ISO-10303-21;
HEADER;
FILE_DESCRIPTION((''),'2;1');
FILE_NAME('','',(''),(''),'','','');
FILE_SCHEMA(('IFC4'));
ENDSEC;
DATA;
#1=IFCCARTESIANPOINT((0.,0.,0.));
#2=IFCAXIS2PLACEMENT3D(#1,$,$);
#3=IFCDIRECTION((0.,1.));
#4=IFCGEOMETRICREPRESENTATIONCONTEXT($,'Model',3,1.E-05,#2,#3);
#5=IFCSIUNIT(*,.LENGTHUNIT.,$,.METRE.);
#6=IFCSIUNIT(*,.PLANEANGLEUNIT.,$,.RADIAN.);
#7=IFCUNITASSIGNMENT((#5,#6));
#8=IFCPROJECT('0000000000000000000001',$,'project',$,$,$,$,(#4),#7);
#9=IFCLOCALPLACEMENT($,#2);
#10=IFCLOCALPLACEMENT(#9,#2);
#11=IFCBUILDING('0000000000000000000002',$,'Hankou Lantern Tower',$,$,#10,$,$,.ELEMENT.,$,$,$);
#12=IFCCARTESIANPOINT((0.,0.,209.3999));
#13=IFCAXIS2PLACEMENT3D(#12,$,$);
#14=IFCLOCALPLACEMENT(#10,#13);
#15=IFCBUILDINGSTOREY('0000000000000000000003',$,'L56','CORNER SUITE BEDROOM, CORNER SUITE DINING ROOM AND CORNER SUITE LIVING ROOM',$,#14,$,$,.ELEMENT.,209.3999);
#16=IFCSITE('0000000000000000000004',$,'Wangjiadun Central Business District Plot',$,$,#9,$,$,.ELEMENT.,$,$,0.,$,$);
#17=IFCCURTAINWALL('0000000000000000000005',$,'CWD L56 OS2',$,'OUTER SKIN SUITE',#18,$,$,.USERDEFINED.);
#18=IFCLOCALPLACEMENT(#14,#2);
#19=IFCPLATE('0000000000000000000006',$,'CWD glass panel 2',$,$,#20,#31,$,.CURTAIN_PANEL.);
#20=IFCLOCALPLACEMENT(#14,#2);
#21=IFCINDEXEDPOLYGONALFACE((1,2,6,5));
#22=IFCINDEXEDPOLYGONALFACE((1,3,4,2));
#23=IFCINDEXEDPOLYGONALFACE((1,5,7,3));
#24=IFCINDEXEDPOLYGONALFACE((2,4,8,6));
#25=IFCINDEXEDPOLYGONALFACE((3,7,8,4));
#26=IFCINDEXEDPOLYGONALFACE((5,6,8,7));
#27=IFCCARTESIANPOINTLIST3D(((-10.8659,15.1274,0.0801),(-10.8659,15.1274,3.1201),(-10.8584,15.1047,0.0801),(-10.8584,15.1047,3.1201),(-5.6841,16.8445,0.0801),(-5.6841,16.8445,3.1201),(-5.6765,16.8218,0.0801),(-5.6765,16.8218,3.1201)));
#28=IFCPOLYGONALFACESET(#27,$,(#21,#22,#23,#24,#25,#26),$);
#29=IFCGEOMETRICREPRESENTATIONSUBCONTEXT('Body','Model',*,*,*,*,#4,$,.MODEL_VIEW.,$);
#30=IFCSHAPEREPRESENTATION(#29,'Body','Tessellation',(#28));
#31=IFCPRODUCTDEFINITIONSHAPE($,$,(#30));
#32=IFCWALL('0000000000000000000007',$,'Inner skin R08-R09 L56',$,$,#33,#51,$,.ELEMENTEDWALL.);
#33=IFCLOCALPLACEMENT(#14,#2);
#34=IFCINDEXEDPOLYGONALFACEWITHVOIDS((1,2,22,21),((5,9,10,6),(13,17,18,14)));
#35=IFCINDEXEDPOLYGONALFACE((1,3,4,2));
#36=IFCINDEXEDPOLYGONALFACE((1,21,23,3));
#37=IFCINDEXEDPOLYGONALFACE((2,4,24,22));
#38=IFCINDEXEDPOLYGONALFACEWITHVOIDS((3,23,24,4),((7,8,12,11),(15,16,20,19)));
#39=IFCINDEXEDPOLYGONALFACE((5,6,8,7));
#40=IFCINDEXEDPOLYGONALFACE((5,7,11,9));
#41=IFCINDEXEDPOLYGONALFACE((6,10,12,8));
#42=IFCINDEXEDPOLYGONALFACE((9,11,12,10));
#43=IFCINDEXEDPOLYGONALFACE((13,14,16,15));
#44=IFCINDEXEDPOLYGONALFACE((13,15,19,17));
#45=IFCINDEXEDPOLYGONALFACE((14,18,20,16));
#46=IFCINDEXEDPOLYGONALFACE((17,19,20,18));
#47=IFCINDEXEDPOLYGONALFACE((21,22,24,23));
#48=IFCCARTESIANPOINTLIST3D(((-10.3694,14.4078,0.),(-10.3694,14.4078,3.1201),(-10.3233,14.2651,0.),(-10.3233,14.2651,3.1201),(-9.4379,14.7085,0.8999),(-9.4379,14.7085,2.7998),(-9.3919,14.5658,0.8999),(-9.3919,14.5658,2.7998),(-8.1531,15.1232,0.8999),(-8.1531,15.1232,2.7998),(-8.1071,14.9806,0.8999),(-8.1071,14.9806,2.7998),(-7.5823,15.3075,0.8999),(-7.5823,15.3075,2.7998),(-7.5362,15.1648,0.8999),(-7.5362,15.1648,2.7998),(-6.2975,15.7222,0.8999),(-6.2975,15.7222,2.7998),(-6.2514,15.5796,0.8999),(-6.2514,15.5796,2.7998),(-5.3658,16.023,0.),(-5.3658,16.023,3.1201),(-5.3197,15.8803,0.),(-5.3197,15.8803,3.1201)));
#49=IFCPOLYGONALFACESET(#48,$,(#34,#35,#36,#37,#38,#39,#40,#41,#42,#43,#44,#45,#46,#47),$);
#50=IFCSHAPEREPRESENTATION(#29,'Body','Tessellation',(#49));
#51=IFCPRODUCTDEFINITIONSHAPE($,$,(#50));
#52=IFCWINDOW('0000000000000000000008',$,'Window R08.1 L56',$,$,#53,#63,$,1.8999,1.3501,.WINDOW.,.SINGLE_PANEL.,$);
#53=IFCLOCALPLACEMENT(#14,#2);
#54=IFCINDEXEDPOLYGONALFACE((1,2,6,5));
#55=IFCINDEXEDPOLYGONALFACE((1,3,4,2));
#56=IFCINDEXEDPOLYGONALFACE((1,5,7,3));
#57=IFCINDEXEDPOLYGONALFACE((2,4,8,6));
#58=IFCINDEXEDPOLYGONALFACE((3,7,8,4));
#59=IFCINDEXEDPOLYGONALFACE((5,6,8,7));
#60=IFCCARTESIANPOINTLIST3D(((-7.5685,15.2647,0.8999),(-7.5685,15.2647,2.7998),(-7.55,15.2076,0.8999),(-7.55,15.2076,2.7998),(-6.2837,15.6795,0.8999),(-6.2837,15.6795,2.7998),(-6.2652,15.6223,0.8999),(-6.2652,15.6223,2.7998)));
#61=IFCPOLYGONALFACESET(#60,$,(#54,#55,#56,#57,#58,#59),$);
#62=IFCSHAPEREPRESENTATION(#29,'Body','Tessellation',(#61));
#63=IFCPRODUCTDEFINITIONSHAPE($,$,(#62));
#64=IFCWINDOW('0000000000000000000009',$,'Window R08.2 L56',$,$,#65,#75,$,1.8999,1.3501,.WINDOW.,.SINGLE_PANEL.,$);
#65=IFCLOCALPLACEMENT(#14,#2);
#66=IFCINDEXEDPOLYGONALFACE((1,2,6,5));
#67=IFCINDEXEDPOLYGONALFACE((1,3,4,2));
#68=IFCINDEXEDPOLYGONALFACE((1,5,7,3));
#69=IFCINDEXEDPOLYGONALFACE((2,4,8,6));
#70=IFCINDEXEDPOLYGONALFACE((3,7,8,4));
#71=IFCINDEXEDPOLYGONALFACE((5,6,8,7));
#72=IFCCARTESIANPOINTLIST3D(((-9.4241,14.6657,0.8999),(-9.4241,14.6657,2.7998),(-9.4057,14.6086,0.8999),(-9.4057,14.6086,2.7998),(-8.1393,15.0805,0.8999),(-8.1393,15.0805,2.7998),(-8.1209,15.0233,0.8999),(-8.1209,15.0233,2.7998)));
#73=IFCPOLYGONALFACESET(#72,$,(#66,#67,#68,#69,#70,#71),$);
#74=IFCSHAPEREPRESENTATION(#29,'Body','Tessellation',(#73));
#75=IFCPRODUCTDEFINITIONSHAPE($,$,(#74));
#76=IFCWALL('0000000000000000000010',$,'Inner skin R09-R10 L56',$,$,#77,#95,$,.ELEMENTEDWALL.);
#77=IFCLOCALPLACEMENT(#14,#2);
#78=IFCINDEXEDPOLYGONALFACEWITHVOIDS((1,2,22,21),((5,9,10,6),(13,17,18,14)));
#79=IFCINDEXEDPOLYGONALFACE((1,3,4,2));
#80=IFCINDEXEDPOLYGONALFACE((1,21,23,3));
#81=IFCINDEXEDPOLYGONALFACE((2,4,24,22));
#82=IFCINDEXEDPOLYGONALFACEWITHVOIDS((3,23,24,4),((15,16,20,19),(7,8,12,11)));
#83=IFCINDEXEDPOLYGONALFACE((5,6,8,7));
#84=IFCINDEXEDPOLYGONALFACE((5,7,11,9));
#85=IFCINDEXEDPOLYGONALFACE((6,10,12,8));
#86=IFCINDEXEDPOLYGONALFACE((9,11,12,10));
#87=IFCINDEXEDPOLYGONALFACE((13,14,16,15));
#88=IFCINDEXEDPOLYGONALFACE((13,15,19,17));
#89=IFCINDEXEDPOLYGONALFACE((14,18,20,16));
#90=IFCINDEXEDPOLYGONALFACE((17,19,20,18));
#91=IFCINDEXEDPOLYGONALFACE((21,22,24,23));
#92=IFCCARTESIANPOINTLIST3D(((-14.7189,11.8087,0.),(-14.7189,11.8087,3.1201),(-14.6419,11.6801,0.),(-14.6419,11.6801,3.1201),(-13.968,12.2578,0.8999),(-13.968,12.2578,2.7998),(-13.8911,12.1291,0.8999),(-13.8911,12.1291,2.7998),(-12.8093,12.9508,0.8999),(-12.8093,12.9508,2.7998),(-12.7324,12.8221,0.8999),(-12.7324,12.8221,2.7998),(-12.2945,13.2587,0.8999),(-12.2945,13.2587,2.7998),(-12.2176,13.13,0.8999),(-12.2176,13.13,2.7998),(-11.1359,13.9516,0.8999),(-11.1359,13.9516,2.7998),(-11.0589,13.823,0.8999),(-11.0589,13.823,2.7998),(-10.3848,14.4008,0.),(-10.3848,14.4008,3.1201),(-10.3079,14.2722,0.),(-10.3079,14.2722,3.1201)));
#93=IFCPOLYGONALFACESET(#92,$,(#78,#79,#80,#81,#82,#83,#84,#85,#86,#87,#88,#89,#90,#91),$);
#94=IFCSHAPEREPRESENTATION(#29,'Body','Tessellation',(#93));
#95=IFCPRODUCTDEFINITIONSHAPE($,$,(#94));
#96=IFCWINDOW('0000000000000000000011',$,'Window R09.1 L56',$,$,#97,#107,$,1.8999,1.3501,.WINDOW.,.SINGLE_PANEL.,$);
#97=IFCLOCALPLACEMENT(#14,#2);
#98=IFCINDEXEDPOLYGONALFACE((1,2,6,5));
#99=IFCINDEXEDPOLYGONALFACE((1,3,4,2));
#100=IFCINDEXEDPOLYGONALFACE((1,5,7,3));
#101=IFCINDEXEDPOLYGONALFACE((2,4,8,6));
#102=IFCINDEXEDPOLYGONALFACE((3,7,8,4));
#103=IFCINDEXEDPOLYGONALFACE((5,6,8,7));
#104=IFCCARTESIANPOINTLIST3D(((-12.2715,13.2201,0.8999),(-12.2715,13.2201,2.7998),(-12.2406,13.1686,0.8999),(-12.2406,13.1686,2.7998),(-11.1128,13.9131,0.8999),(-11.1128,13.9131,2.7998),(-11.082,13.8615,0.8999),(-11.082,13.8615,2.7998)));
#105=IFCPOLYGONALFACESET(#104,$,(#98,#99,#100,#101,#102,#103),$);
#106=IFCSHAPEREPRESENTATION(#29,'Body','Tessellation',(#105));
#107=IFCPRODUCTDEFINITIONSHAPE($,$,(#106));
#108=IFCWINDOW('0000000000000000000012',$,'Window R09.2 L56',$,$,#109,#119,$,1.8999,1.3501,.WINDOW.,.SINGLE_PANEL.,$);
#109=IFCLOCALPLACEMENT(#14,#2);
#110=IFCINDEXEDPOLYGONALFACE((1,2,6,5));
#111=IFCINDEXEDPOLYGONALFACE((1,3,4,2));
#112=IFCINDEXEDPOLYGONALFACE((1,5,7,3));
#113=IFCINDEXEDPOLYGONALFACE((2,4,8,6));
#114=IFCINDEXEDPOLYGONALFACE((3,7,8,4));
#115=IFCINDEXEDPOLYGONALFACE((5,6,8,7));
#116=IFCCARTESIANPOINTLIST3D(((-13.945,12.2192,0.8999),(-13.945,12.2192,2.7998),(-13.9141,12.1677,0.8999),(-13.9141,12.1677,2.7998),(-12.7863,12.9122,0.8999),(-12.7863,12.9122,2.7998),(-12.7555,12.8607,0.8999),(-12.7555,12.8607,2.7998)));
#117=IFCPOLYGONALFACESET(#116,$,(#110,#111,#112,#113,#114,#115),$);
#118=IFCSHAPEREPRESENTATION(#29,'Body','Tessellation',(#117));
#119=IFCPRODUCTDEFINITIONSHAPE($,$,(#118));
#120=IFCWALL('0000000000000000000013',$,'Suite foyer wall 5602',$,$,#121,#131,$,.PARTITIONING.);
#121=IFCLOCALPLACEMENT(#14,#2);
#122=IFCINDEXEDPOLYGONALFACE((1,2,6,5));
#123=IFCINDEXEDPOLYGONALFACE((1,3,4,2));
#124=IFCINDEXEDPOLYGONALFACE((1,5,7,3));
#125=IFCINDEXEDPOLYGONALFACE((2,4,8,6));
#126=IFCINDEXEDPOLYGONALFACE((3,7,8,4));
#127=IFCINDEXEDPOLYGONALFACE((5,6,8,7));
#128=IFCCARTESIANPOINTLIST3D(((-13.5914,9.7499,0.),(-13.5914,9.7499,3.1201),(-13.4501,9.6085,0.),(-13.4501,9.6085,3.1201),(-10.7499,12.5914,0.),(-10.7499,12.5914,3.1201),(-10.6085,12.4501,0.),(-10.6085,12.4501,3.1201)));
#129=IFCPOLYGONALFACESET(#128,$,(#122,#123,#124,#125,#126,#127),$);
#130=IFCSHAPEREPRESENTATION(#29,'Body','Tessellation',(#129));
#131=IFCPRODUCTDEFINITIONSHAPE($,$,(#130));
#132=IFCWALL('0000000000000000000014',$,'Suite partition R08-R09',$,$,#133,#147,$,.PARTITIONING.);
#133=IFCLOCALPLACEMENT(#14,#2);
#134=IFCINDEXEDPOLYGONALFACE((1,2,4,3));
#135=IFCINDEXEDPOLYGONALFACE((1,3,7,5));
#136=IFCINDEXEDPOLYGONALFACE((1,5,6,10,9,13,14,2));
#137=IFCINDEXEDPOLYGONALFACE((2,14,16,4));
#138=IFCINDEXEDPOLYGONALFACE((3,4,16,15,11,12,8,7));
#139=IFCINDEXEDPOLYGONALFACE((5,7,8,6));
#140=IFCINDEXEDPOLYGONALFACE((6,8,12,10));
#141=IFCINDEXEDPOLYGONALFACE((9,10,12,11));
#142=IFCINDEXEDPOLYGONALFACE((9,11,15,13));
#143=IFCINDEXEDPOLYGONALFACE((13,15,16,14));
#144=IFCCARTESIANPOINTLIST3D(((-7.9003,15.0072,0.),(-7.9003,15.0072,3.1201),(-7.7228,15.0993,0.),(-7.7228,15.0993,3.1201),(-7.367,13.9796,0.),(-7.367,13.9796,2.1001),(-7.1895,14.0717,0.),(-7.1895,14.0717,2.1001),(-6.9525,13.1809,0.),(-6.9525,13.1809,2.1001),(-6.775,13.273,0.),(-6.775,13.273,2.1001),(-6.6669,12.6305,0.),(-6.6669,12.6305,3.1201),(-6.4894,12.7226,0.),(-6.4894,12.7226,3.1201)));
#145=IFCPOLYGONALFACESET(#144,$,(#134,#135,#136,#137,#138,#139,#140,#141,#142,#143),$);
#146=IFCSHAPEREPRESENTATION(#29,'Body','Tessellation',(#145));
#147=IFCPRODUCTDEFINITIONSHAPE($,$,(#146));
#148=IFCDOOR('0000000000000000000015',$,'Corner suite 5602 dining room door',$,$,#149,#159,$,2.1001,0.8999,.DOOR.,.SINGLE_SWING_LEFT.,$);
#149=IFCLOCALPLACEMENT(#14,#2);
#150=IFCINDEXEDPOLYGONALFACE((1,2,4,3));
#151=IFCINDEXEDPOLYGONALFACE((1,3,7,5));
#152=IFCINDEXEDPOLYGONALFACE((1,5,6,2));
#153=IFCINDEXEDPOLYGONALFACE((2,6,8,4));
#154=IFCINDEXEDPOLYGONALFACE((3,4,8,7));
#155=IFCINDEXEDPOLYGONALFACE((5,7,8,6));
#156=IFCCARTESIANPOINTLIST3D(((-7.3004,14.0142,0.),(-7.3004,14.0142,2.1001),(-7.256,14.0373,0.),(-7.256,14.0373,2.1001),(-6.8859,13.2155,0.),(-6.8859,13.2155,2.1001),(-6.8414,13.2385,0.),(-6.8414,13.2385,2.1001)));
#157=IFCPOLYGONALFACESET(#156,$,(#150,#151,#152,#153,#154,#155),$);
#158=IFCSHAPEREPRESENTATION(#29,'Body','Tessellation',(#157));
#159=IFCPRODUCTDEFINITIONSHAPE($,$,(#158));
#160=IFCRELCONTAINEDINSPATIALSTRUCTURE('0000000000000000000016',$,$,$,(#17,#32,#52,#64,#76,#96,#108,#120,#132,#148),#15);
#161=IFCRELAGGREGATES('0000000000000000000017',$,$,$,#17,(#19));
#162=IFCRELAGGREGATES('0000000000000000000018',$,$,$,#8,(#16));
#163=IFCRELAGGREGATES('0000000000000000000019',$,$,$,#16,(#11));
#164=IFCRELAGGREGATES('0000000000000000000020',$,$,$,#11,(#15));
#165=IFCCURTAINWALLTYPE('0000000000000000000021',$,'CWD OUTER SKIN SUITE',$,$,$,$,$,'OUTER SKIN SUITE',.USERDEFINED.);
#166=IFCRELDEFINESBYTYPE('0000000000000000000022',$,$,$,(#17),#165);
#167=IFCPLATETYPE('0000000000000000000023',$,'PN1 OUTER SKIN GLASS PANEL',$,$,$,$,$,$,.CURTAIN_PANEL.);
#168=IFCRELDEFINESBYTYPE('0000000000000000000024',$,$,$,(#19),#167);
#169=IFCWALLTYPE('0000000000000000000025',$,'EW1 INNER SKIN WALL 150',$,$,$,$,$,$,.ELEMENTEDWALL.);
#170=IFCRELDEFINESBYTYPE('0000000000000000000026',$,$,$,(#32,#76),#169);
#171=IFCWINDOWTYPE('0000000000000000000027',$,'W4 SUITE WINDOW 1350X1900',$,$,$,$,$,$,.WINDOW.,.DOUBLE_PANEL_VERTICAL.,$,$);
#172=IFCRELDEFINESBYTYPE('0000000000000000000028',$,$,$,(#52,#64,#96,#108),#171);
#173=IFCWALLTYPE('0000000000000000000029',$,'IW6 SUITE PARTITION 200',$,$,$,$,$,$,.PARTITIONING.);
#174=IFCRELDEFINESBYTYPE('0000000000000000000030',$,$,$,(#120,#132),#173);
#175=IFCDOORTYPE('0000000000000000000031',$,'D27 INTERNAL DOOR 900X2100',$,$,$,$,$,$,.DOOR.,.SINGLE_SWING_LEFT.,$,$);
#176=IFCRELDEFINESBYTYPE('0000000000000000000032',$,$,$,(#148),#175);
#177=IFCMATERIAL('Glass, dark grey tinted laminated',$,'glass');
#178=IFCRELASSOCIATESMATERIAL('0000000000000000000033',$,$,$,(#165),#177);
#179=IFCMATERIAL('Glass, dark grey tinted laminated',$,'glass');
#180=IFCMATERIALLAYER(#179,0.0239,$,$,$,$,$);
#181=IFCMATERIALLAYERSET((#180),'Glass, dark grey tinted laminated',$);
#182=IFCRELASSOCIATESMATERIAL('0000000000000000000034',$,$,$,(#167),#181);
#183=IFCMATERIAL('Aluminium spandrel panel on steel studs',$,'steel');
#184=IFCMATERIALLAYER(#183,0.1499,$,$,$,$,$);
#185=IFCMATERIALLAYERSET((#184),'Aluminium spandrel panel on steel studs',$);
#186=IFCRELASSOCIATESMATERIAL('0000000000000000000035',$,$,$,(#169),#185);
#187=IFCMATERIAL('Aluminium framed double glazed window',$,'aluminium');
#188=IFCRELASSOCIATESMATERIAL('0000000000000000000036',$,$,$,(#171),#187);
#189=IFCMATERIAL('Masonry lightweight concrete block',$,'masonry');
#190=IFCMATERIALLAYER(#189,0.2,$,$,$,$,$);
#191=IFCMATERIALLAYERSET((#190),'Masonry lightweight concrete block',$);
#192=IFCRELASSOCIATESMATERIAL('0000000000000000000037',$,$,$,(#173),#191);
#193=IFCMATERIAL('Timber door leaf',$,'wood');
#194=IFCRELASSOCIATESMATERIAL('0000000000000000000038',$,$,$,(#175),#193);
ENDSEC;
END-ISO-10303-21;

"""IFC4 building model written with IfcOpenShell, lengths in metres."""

from ifc_helpers import new_model, si_unit, direction, frame, frame_2d, origin, origin_2d, place, context, subcontext, project, spatial, rectangle, extrude, material, layer, layer_set, type_object, element, fill, aggregate, save


model = new_model("IFC4")

# Units and contexts
model_context = context("Model", 3, precision=1e-05, world=origin(), true_north=direction((0.0, 1.0)))
body_context = subcontext(model_context, "Body", "Model", "MODEL_VIEW")
ifc_project = project(units=[si_unit("LENGTHUNIT", "METRE"), si_unit("PLANEANGLEUNIT", "RADIAN")], contexts=[model_context])

# Site, building, storey
site_placement = place(None, origin())
site = spatial("IfcSite", under=ifc_project, at=site_placement, Name="Wangjiadun Central Business District Plot", CompositionType="ELEMENT", RefElevation=0.0)
building_placement = place(site_placement, origin())
building = spatial("IfcBuilding", under=site, at=building_placement, Name="Hankou Lantern Tower", CompositionType="ELEMENT")
storey_placement = place(building_placement, frame((0.0, 0.0, 209.3999)))
storey = spatial("IfcBuildingStorey", under=building, at=storey_placement, Name="L56", Description="CORNER SUITE BEDROOM, CORNER SUITE DINING ROOM AND CORNER SUITE LIVING ROOM", CompositionType="ELEMENT", Elevation=209.3999)

# Curtain wall
ifc_material_1 = material(Name="Glass, dark grey tinted laminated", Category="glass")
curtain_wall_type = type_object("IfcCurtainWallType", Name="CWD OUTER SKIN SUITE", ElementType="OUTER SKIN SUITE", PredefinedType="USERDEFINED", material=ifc_material_1)
curtain_wall_placement = place(storey_placement, origin())
curtain_wall = element("IfcCurtainWall", 1, at=curtain_wall_placement, inside=storey, type_object=curtain_wall_type, Name="CWD L56 OS2", ObjectType="OUTER SKIN SUITE", PredefinedType="USERDEFINED")

# Plate
ifc_material_2 = material(Name="Glass, dark grey tinted laminated", Category="glass")
ifc_layer_1 = layer(ifc_material_2, 0.0239)
ifc_layer_set_1 = layer_set([ifc_layer_1], Name="Glass, dark grey tinted laminated")
plate_type = type_object("IfcPlateType", Name="PN1 OUTER SKIN GLASS PANEL", PredefinedType="CURTAIN_PANEL", material=ifc_layer_set_1)
plate_1_placement = place(storey_placement, frame((-8.2712, 15.9746, 0.0801), z_axis=(0.0, 0.0, 1.0), x_axis=(-0.949241, -0.314551, 0.0)))
plate_1 = element("IfcPlate", 2, at=plate_1_placement, type_object=plate_type, Name="CWD glass panel 2", PredefinedType="CURTAIN_PANEL", context=body_context, shape_type="SweptSolid", body=[
    extrude(rectangle(XDim=5.459, YDim=0.0239, at=origin_2d()), origin(), (0.0, 0.0, 1.0), 3.04),
])
aggregate(curtain_wall, [plate_1])

# Walls, openings, windows
ifc_material_3 = material(Name="Aluminium spandrel panel on steel studs", Category="steel")
ifc_layer_2 = layer(ifc_material_3, 0.1499)
ifc_layer_set_2 = layer_set([ifc_layer_2], Name="Aluminium spandrel panel on steel studs")
wall_type_1 = type_object("IfcWallType", Name="EW1 INNER SKIN WALL 150", PredefinedType="ELEMENTEDWALL", material=ifc_layer_set_2)
wall_1_placement = place(storey_placement, frame((-5.3428, 15.9517, 0.0), z_axis=(0.0, 0.0, 1.0), x_axis=(-0.951645, -0.307201, 0.0)))
wall_1 = element("IfcWall", 3, at=wall_1_placement, inside=storey, type_object=wall_type_1, Name="Inner skin R08-R09 L56", PredefinedType="ELEMENTEDWALL", context=body_context, shape_type="SweptSolid", body=[
    extrude(rectangle(XDim=5.2578, YDim=0.1499, at=frame_2d((2.6289, 0.0))), origin(), (0.0, 0.0, 1.0), 3.1201),
])
opening_1_placement = place(wall_1_placement, frame((0.979, 0.0, 0.8999)))
opening_1 = element("IfcOpeningElement", 4, at=opening_1_placement, cuts=wall_1, PredefinedType="OPENING", context=body_context, shape_type="SweptSolid", body=[
    extrude(rectangle(XDim=1.3501, YDim=1.8999, at=frame_2d((0.675, 0.95))), frame((0.0, 0.085, 0.0), z_axis=(0.0, -1.0, 0.0), x_axis=(1.0, 0.0, 0.0)), (0.0, 0.0, 1.0), 0.1699),
])
opening_2_placement = place(wall_1_placement, frame((2.929, 0.0, 0.8999)))
opening_2 = element("IfcOpeningElement", 5, at=opening_2_placement, cuts=wall_1, PredefinedType="OPENING", context=body_context, shape_type="SweptSolid", body=[
    extrude(rectangle(XDim=1.3501, YDim=1.8999, at=frame_2d((0.675, 0.95))), frame((0.0, 0.085, 0.0), z_axis=(0.0, -1.0, 0.0), x_axis=(1.0, 0.0, 0.0)), (0.0, 0.0, 1.0), 0.1699),
])
ifc_material_4 = material(Name="Aluminium framed double glazed window", Category="aluminium")
window_type = type_object("IfcWindowType", Name="W4 SUITE WINDOW 1350X1900", PartitioningType="DOUBLE_PANEL_VERTICAL", PredefinedType="WINDOW", material=ifc_material_4)
window_1_placement = place(opening_1_placement, origin())
window_1 = element("IfcWindow", 6, at=window_1_placement, inside=storey, type_object=window_type, Name="Window R08.1 L56", OverallHeight=1.8999, OverallWidth=1.3501, PartitioningType="SINGLE_PANEL", PredefinedType="WINDOW", context=body_context, shape_type="SweptSolid", body=[
    extrude(rectangle(XDim=1.3501, YDim=1.8999, at=frame_2d((0.675, 0.95))), frame((0.0, 0.03, 0.0), z_axis=(0.0, -1.0, 0.0), x_axis=(1.0, 0.0, 0.0)), (0.0, 0.0, 1.0), 0.0601),
])
fill(opening_1, window_1)
window_2_placement = place(opening_2_placement, origin())
window_2 = element("IfcWindow", 7, at=window_2_placement, inside=storey, type_object=window_type, Name="Window R08.2 L56", OverallHeight=1.8999, OverallWidth=1.3501, PartitioningType="SINGLE_PANEL", PredefinedType="WINDOW", context=body_context, shape_type="SweptSolid", body=[
    extrude(rectangle(XDim=1.3501, YDim=1.8999, at=frame_2d((0.675, 0.95))), frame((0.0, 0.03, 0.0), z_axis=(0.0, -1.0, 0.0), x_axis=(1.0, 0.0, 0.0)), (0.0, 0.0, 1.0), 0.0601),
])
fill(opening_2, window_2)
wall_2_placement = place(storey_placement, frame((-10.3464, 14.3364, 0.0), z_axis=(0.0, 0.0, 1.0), x_axis=(-0.858222, -0.51328, 0.0)))
wall_2 = element("IfcWall", 8, at=wall_2_placement, inside=storey, type_object=wall_type_1, Name="Inner skin R09-R10 L56", PredefinedType="ELEMENTEDWALL", context=body_context, shape_type="SweptSolid", body=[
    extrude(rectangle(XDim=5.05, YDim=0.1499, at=frame_2d((2.5249, 0.0))), origin(), (0.0, 0.0, 1.0), 3.1201),
])
opening_3_placement = place(wall_2_placement, frame((0.875, 0.0, 0.8999)))
opening_3 = element("IfcOpeningElement", 9, at=opening_3_placement, cuts=wall_2, PredefinedType="OPENING", context=body_context, shape_type="SweptSolid", body=[
    extrude(rectangle(XDim=1.3501, YDim=1.8999, at=frame_2d((0.675, 0.95))), frame((0.0, 0.085, 0.0), z_axis=(0.0, -1.0, 0.0), x_axis=(1.0, 0.0, 0.0)), (0.0, 0.0, 1.0), 0.1699),
])
opening_4_placement = place(wall_2_placement, frame((2.825, 0.0, 0.8999)))
opening_4 = element("IfcOpeningElement", 10, at=opening_4_placement, cuts=wall_2, PredefinedType="OPENING", context=body_context, shape_type="SweptSolid", body=[
    extrude(rectangle(XDim=1.3501, YDim=1.8999, at=frame_2d((0.675, 0.95))), frame((0.0, 0.085, 0.0), z_axis=(0.0, -1.0, 0.0), x_axis=(1.0, 0.0, 0.0)), (0.0, 0.0, 1.0), 0.1699),
])
window_3_placement = place(opening_3_placement, origin())
window_3 = element("IfcWindow", 11, at=window_3_placement, inside=storey, type_object=window_type, Name="Window R09.1 L56", OverallHeight=1.8999, OverallWidth=1.3501, PartitioningType="SINGLE_PANEL", PredefinedType="WINDOW", context=body_context, shape_type="SweptSolid", body=[
    extrude(rectangle(XDim=1.3501, YDim=1.8999, at=frame_2d((0.675, 0.95))), frame((0.0, 0.03, 0.0), z_axis=(0.0, -1.0, 0.0), x_axis=(1.0, 0.0, 0.0)), (0.0, 0.0, 1.0), 0.0601),
])
fill(opening_3, window_3)
window_4_placement = place(opening_4_placement, origin())
window_4 = element("IfcWindow", 12, at=window_4_placement, inside=storey, type_object=window_type, Name="Window R09.2 L56", OverallHeight=1.8999, OverallWidth=1.3501, PartitioningType="SINGLE_PANEL", PredefinedType="WINDOW", context=body_context, shape_type="SweptSolid", body=[
    extrude(rectangle(XDim=1.3501, YDim=1.8999, at=frame_2d((0.675, 0.95))), frame((0.0, 0.03, 0.0), z_axis=(0.0, -1.0, 0.0), x_axis=(1.0, 0.0, 0.0)), (0.0, 0.0, 1.0), 0.0601),
])
fill(opening_4, window_4)

# Wall
ifc_material_5 = material(Name="Masonry lightweight concrete block", Category="masonry")
ifc_layer_3 = layer(ifc_material_5, 0.2)
ifc_layer_set_3 = layer_set([ifc_layer_3], Name="Masonry lightweight concrete block")
wall_type_2 = type_object("IfcWallType", Name="IW6 SUITE PARTITION 200", PredefinedType="PARTITIONING", material=ifc_layer_set_3)
wall_3_placement = place(storey_placement, frame((-10.6792, 12.5208, 0.0), z_axis=(0.0, 0.0, 1.0), x_axis=(-0.707107, -0.707107, 0.0)))
element("IfcWall", 13, at=wall_3_placement, inside=storey, type_object=wall_type_2, Name="Suite foyer wall 5602", PredefinedType="PARTITIONING", context=body_context, shape_type="SweptSolid", body=[
    extrude(rectangle(XDim=4.0186, YDim=0.2, at=frame_2d((2.0093, 0.0))), origin(), (0.0, 0.0, 1.0), 3.1201),
])

# Wall, opening, door
wall_4_placement = place(storey_placement, frame((-6.5781, 12.6765, 0.0), z_axis=(0.0, 0.0, 1.0), x_axis=(-0.460621, 0.887597, 0.0)))
wall_4 = element("IfcWall", 14, at=wall_4_placement, inside=storey, type_object=wall_type_2, Name="Suite partition R08-R09", PredefinedType="PARTITIONING", context=body_context, shape_type="SweptSolid", body=[
    extrude(rectangle(XDim=2.6777, YDim=0.2, at=frame_2d((1.3389, 0.0))), origin(), (0.0, 0.0, 1.0), 3.1201),
])
opening_5_placement = place(wall_4_placement, frame((0.6201, 0.0, 0.0)))
opening_5 = element("IfcOpeningElement", 15, at=opening_5_placement, cuts=wall_4, PredefinedType="OPENING", context=body_context, shape_type="SweptSolid", body=[
    extrude(rectangle(XDim=0.8999, YDim=2.1001, at=frame_2d((0.45, 1.05))), frame((0.0, 0.1099, 0.0), z_axis=(0.0, -1.0, 0.0), x_axis=(1.0, 0.0, 0.0)), (0.0, 0.0, 1.0), 0.22),
])
ifc_material_6 = material(Name="Timber door leaf", Category="wood")
door_type = type_object("IfcDoorType", Name="D27 INTERNAL DOOR 900X2100", OperationType="SINGLE_SWING_LEFT", PredefinedType="DOOR", material=ifc_material_6)
door_placement = place(opening_5_placement, origin())
door = element("IfcDoor", 16, at=door_placement, inside=storey, type_object=door_type, Name="Corner suite 5602 dining room door", OperationType="SINGLE_SWING_LEFT", OverallHeight=2.1001, OverallWidth=0.8999, PredefinedType="DOOR", context=body_context, shape_type="SweptSolid", body=[
    extrude(rectangle(XDim=0.8999, YDim=2.1001, at=frame_2d((0.45, 1.05))), frame((0.0, 0.0249, 0.0), z_axis=(0.0, -1.0, 0.0), x_axis=(1.0, 0.0, 0.0)), (0.0, 0.0, 1.0), 0.05),
])
fill(opening_5, door)

save(model, "model.ifc")
